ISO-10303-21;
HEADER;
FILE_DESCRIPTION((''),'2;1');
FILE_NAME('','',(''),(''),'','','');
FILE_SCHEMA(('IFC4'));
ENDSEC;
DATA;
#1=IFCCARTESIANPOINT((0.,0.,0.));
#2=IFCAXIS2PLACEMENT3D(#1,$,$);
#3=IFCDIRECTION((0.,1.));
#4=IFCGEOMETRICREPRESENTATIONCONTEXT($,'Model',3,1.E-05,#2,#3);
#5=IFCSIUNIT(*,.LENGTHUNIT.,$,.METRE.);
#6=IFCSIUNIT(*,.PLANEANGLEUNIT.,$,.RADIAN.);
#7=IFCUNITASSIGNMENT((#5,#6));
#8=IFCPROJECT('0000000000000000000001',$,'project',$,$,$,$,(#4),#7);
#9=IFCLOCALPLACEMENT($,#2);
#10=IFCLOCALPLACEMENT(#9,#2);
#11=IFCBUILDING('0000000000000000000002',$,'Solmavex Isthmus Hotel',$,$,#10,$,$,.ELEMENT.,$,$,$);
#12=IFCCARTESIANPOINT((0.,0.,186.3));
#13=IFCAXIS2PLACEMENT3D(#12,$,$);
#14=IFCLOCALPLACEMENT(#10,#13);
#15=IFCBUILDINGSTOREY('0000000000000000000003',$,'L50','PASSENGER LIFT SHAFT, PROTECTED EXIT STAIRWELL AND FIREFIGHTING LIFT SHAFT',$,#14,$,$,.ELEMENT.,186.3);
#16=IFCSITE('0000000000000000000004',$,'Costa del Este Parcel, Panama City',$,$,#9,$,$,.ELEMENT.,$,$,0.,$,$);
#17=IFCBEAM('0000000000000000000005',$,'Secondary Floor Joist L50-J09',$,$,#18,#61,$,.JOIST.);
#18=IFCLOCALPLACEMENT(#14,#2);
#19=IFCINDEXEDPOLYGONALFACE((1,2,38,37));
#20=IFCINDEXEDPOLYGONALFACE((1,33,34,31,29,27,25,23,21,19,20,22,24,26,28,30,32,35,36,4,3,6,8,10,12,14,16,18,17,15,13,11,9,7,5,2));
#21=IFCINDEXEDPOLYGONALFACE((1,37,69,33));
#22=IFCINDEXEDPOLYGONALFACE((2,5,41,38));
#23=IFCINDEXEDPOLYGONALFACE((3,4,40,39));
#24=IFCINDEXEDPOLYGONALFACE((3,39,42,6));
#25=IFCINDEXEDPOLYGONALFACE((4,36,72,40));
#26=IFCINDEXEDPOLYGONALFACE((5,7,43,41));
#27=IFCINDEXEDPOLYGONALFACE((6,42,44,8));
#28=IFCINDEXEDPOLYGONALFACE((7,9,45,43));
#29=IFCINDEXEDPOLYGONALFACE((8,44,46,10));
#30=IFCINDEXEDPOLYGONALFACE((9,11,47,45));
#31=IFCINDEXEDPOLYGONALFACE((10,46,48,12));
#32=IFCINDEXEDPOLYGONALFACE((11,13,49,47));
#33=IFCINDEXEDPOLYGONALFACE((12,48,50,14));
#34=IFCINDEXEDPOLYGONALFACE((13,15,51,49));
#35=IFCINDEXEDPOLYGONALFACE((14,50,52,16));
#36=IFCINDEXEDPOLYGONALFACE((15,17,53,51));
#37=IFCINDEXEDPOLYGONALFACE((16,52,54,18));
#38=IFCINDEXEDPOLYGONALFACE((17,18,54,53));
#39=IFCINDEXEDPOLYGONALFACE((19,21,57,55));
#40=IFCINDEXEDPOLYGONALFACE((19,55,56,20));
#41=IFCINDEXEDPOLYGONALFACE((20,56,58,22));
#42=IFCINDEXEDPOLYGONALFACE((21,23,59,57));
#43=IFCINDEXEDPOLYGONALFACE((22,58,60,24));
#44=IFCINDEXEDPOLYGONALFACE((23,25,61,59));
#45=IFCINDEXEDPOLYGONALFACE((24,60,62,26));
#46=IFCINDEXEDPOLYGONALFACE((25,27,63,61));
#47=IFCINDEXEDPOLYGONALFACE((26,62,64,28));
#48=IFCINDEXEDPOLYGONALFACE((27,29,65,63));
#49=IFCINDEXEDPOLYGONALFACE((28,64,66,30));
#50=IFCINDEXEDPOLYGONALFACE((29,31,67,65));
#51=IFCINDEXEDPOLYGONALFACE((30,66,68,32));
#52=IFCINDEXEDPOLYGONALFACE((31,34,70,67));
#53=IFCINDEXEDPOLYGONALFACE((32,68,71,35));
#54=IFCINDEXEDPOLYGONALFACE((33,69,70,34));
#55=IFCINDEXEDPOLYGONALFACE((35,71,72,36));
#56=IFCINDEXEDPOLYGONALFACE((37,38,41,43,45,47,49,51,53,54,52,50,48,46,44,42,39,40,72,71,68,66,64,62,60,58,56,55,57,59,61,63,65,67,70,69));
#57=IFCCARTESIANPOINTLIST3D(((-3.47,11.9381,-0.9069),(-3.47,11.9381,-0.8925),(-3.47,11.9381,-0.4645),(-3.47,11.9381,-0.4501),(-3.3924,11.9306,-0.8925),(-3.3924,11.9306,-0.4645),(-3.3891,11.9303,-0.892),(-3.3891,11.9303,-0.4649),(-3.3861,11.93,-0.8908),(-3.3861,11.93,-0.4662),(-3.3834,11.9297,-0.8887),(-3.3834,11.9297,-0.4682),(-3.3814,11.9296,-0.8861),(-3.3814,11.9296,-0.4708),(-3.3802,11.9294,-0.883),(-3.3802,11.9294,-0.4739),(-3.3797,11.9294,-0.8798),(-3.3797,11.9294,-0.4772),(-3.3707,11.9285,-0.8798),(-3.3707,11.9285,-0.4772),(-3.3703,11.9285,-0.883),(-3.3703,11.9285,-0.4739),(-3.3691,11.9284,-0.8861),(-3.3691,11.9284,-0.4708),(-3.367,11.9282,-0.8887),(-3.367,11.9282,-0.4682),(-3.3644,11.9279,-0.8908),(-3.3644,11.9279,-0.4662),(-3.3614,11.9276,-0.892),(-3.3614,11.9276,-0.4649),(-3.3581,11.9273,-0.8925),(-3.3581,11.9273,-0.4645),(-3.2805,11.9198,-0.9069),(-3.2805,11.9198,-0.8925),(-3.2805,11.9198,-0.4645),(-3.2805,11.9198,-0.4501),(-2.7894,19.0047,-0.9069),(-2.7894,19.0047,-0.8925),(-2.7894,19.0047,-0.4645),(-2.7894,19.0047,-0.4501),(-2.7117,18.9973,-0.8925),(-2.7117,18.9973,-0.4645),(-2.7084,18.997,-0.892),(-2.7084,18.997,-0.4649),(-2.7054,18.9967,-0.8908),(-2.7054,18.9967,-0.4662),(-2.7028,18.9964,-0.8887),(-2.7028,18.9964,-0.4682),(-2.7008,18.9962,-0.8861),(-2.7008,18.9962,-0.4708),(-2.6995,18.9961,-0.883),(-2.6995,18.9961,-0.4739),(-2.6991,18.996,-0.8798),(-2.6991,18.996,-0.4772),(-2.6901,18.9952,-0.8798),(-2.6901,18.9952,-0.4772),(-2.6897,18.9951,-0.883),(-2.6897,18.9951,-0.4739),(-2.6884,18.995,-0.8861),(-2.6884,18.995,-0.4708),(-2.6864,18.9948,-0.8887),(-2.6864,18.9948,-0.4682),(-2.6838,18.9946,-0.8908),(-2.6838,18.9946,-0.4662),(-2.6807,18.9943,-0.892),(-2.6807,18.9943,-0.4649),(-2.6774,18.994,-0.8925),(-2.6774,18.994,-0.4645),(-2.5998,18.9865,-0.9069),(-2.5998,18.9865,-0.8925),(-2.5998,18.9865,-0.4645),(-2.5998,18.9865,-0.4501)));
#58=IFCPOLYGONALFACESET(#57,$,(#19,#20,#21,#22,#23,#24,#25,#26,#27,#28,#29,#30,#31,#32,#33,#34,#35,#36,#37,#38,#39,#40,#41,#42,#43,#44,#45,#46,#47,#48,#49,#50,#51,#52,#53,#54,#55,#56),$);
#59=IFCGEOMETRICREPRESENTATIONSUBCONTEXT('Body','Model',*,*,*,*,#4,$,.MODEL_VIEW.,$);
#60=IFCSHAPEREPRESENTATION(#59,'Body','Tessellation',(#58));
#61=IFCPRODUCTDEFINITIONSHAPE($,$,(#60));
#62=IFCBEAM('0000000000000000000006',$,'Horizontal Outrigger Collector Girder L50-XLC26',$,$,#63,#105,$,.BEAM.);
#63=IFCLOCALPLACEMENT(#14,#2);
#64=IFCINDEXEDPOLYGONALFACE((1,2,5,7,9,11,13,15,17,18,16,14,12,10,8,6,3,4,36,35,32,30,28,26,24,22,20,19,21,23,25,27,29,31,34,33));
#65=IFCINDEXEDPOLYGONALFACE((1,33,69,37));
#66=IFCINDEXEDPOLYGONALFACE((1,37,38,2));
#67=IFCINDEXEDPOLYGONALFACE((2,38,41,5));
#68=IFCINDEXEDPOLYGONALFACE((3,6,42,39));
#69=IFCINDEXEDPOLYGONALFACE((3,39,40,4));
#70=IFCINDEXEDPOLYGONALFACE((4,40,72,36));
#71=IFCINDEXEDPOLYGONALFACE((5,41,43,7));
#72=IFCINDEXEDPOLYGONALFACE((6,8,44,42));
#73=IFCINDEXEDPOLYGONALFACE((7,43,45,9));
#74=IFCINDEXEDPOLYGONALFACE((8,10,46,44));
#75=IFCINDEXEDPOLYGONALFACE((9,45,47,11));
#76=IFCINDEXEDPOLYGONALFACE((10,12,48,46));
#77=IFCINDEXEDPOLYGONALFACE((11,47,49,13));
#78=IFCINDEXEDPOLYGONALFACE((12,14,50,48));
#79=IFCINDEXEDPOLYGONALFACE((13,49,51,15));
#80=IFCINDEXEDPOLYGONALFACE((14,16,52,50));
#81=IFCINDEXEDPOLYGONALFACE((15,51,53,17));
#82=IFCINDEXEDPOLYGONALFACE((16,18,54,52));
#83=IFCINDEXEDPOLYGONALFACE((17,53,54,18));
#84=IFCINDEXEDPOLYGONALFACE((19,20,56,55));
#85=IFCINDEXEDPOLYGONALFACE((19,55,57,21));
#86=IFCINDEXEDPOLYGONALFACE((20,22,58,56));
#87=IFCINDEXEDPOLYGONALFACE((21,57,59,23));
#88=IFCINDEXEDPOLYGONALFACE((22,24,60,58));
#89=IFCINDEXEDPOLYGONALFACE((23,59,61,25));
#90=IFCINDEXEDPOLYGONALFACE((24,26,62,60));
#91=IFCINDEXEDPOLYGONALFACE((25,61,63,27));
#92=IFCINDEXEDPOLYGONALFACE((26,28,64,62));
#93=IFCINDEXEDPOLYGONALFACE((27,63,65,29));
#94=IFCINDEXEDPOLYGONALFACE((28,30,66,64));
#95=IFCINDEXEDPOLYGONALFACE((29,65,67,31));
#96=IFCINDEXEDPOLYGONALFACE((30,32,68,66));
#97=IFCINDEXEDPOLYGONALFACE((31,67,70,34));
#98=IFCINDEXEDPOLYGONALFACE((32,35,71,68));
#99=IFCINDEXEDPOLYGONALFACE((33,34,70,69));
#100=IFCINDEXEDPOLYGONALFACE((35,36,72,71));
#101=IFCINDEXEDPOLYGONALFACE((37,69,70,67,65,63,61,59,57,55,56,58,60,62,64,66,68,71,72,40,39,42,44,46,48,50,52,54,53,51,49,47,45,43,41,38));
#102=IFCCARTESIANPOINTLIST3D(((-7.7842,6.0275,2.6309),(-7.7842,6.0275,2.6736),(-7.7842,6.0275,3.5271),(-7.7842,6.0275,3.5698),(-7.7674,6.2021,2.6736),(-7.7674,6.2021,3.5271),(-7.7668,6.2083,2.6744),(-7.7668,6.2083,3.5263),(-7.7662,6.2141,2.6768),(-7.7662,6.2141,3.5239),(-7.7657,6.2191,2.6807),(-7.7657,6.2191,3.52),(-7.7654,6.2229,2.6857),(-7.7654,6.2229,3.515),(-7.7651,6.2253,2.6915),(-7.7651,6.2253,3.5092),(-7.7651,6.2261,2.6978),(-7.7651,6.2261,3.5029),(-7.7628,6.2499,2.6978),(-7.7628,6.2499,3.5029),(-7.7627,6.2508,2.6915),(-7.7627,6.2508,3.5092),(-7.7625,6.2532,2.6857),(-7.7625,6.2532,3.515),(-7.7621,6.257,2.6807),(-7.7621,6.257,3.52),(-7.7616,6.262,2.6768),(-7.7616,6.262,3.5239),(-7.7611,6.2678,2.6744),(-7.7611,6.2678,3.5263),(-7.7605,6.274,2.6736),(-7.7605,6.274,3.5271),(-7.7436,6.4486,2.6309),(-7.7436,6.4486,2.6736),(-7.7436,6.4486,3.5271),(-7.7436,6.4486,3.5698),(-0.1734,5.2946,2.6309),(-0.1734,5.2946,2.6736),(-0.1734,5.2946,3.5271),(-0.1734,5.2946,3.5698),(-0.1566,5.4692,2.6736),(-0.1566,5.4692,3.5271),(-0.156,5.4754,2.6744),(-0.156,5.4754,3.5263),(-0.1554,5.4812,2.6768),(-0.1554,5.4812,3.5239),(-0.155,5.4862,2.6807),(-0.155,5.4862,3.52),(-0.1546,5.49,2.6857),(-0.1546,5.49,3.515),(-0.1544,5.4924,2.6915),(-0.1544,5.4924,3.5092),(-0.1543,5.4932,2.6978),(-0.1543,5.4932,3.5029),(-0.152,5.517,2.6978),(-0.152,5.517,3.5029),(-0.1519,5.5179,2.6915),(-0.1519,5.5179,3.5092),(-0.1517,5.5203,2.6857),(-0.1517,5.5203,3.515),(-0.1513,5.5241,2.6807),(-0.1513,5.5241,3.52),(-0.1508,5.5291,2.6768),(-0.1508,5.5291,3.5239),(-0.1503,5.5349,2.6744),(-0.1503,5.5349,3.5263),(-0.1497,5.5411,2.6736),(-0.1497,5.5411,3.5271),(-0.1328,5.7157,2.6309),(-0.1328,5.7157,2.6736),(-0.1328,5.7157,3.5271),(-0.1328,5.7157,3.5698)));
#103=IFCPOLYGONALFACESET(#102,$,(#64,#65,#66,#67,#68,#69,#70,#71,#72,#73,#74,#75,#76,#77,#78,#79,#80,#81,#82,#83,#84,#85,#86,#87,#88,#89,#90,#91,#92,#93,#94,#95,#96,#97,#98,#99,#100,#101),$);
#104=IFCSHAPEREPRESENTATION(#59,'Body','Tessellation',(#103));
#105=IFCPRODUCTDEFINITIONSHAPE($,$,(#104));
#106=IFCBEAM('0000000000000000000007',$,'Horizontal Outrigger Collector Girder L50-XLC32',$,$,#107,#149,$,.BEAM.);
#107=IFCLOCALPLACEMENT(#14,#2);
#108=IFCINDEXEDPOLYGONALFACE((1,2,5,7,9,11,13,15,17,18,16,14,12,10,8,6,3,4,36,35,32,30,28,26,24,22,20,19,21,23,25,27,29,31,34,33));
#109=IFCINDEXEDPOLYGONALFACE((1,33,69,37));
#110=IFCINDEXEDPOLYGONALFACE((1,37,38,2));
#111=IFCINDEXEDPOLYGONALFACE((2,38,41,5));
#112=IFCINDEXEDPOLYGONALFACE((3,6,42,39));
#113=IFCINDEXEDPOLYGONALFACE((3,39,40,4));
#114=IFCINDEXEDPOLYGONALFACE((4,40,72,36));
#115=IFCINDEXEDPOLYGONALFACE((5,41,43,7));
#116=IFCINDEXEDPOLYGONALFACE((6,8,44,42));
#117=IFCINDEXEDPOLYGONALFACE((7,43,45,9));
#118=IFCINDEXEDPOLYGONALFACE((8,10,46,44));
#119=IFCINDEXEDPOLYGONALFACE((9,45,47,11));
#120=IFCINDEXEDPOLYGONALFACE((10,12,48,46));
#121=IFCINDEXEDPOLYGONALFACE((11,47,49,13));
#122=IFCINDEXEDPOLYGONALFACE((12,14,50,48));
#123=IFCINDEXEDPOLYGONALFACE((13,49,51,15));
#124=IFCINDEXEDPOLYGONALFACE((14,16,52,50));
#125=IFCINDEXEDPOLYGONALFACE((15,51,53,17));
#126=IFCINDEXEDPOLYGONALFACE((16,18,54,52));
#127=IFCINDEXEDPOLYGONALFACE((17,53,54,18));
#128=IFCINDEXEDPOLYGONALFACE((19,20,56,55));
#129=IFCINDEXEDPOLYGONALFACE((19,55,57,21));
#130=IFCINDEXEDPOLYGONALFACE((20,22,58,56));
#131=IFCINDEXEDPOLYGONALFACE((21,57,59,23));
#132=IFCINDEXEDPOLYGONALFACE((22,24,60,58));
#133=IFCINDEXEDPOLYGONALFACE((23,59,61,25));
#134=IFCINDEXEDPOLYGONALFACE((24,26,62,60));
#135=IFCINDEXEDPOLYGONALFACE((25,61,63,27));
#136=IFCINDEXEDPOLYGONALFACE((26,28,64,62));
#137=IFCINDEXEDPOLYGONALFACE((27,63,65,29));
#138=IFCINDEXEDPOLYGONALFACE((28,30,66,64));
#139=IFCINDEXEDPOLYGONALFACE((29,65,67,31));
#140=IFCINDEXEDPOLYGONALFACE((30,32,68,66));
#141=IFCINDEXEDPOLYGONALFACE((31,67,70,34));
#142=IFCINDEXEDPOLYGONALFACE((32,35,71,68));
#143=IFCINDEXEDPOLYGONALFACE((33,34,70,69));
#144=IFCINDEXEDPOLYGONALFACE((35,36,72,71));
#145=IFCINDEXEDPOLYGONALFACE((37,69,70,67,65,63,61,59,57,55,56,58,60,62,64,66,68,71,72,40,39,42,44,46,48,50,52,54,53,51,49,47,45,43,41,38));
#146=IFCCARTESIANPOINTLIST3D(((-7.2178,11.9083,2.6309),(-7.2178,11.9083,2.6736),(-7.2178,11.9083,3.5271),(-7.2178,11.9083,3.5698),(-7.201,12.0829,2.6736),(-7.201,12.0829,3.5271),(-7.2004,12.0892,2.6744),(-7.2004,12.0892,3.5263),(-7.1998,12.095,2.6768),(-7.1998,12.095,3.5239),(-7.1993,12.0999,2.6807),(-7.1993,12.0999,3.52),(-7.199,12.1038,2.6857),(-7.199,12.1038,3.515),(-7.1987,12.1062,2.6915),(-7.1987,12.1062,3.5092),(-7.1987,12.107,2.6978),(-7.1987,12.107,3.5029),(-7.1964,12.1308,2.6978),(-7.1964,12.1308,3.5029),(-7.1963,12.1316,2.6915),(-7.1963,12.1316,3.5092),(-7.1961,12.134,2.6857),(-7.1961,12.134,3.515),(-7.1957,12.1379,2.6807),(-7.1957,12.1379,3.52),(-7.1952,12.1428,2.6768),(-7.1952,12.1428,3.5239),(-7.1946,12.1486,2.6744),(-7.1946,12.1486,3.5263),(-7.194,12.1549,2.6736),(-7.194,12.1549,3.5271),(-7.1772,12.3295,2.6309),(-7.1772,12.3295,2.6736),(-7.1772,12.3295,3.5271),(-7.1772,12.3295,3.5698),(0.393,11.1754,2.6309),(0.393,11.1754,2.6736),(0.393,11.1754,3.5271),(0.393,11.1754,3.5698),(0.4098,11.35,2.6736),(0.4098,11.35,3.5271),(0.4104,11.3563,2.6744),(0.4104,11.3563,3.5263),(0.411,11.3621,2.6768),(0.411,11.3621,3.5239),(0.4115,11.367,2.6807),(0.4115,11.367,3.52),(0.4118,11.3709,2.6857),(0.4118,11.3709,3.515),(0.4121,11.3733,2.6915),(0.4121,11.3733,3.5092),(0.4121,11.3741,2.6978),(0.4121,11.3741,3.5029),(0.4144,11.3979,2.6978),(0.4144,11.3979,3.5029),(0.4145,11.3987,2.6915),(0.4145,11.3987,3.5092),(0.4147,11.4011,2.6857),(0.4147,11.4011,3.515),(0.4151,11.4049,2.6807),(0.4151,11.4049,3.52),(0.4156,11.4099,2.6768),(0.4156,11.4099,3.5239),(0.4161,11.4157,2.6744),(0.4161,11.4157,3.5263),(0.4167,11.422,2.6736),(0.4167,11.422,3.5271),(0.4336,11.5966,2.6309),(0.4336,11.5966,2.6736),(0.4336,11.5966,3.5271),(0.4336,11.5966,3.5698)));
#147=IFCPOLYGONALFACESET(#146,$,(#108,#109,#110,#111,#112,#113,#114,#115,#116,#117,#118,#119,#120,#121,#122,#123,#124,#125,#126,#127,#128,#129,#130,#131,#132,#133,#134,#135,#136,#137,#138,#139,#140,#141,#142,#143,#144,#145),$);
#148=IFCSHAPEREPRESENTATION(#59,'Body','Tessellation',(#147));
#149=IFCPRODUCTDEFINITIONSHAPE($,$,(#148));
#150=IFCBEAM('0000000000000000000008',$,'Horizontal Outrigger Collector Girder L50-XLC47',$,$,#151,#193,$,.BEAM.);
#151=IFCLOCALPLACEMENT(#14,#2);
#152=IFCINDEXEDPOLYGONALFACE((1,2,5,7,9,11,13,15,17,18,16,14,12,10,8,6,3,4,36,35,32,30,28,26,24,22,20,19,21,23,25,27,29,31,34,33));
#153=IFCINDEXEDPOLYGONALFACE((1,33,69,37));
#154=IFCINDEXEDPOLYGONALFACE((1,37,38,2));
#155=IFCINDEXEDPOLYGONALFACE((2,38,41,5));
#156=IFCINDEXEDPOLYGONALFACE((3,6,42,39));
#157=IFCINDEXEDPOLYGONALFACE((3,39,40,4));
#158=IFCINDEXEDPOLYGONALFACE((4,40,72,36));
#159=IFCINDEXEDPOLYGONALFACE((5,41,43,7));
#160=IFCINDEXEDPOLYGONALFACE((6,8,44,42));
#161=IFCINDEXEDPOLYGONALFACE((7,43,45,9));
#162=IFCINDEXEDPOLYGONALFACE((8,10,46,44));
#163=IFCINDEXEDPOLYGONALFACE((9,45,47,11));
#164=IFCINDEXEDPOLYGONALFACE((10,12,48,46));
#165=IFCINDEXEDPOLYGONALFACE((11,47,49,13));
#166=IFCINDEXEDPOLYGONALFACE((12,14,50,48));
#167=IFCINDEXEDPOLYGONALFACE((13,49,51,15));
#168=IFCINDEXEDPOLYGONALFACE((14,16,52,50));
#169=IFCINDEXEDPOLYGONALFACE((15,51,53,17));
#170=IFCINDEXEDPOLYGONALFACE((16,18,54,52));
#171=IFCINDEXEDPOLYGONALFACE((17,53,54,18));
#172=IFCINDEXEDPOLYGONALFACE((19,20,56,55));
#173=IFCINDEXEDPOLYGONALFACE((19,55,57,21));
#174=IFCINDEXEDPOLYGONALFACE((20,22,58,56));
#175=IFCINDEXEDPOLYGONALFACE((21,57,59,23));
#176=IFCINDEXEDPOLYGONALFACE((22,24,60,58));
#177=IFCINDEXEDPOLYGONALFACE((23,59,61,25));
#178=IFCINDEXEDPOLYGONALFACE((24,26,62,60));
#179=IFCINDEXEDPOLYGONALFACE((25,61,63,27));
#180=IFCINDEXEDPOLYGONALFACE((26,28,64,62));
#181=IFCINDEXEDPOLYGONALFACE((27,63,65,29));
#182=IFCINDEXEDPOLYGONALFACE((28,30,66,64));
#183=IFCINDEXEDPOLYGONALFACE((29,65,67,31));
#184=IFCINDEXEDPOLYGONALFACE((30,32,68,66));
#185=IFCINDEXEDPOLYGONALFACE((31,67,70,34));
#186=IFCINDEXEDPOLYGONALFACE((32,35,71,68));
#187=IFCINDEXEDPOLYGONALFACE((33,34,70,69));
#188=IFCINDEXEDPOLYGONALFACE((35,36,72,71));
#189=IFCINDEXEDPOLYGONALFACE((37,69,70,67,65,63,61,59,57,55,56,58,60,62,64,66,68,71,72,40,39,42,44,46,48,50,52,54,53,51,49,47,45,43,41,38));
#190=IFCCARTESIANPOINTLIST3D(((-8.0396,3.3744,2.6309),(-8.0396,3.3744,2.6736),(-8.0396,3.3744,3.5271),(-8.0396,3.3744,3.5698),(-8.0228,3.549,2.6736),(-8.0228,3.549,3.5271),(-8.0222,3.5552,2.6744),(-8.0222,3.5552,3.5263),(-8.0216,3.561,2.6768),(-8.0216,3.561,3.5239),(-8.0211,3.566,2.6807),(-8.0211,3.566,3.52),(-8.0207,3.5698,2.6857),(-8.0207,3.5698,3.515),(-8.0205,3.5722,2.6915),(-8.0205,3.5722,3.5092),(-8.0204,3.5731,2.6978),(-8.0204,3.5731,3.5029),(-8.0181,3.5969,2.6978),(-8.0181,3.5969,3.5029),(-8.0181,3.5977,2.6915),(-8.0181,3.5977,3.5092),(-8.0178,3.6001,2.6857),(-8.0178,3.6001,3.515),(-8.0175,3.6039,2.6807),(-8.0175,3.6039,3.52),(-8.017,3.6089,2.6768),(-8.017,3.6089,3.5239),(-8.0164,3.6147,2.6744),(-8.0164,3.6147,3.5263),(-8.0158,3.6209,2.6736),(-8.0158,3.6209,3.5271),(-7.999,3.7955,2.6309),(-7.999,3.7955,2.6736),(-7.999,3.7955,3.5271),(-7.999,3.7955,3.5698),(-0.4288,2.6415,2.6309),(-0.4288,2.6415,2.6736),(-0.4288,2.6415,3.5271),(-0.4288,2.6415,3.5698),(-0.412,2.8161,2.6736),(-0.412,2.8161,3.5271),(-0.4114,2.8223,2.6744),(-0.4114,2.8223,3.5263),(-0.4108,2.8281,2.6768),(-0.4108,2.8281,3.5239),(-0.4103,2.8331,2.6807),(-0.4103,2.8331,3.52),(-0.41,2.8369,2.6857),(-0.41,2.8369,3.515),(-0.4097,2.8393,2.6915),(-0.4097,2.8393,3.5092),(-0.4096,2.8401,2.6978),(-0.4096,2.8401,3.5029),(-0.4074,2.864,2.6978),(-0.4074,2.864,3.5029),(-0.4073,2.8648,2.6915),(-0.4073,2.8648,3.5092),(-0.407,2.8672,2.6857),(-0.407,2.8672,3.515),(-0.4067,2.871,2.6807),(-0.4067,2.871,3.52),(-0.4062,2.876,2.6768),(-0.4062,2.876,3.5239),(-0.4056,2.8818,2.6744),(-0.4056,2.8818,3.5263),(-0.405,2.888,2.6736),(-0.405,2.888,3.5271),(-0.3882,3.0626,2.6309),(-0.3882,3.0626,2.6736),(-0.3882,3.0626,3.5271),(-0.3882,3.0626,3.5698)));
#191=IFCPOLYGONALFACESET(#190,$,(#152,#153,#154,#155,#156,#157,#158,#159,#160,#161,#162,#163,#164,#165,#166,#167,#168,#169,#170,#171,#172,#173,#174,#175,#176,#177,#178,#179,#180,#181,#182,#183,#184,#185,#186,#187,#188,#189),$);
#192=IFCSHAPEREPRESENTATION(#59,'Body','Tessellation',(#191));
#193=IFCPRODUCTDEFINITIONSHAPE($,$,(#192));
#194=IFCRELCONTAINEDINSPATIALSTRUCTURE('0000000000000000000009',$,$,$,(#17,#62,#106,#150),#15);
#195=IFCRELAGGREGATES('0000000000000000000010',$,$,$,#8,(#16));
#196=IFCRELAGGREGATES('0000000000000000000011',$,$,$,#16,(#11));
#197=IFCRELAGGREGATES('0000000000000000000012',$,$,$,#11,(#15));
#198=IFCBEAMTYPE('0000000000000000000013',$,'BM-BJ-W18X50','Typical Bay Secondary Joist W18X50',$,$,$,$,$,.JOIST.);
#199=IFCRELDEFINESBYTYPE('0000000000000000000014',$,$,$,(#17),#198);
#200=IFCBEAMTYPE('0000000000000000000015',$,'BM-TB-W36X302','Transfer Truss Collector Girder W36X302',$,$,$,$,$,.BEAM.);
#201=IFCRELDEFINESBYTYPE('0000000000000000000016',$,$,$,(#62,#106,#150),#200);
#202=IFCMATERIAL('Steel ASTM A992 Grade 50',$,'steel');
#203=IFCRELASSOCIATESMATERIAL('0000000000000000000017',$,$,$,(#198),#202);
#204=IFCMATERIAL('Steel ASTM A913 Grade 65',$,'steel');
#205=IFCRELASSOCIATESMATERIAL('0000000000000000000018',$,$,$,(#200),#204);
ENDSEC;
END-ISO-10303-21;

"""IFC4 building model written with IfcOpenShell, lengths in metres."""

from ifc_helpers import new_model, si_unit, direction, frame, origin, origin_2d, place, context, subcontext, project, spatial, i_section, extrude, material, material_profile, profile_set, type_object, element, save


model = new_model("IFC4")

# Units and contexts
model_context = context("Model", 3, precision=1e-05, world=origin(), true_north=direction((0.0, 1.0)))
body_context = subcontext(model_context, "Body", "Model", "MODEL_VIEW")
ifc_project = project(units=[si_unit("LENGTHUNIT", "METRE"), si_unit("PLANEANGLEUNIT", "RADIAN")], contexts=[model_context])

# Site, building, storey
site_placement = place(None, origin())
site = spatial("IfcSite", under=ifc_project, at=site_placement, Name="Costa del Este Parcel, Panama City", CompositionType="ELEMENT", RefElevation=0.0)
building_placement = place(site_placement, origin())
building = spatial("IfcBuilding", under=site, at=building_placement, Name="Solmavex Isthmus Hotel", CompositionType="ELEMENT")
storey_placement = place(building_placement, frame((0.0, 0.0, 186.3)))
storey = spatial("IfcBuildingStorey", under=building, at=storey_placement, Name="L50", Description="PASSENGER LIFT SHAFT, PROTECTED EXIT STAIRWELL AND FIREFIGHTING LIFT SHAFT", CompositionType="ELEMENT", Elevation=186.3)

# Shared definitions
ifc_material_1 = material(Name="Steel ASTM A913 Grade 65", Category="steel")

# Beams
ifc_material_2 = material(Name="Steel ASTM A992 Grade 50", Category="steel")
ifc_material_profile_1 = material_profile(ifc_material_2, i_section(OverallWidth=0.1904, OverallDepth=0.4568, WebThickness=0.009, FlangeThickness=0.0144, FilletRadius=0.0127, at=origin_2d()), Name="W18X50")
ifc_profile_set_1 = profile_set([ifc_material_profile_1], Name="Steel ASTM A992 Grade 50")
beam_type_1 = type_object("IfcBeamType", Name="BM-BJ-W18X50", Description="Typical Bay Secondary Joist W18X50", PredefinedType="JOIST", material=ifc_profile_set_1)
beam_1_placement = place(storey_placement, frame((-3.3752, 11.929, -0.6785), z_axis=(0.095877, 0.995393, 0.0), x_axis=(-0.995393, 0.095877, 0.0)))
element("IfcBeam", 1, at=beam_1_placement, inside=storey, type_object=beam_type_1, Name="Secondary Floor Joist L50-J09", PredefinedType="JOIST", context=body_context, shape_type="SweptSolid", body=[
    extrude(i_section(OverallWidth=0.1904, OverallDepth=0.4568, WebThickness=0.009, FlangeThickness=0.0144, FilletRadius=0.0127, at=origin_2d()), origin(), (0.0, 0.0, 1.0), 7.0994),
])
ifc_material_profile_2 = material_profile(ifc_material_1, i_section(OverallWidth=0.4231, OverallDepth=0.939, WebThickness=0.0239, FlangeThickness=0.0427, FilletRadius=0.0242, at=origin_2d()), Name="W36X302")
ifc_profile_set_2 = profile_set([ifc_material_profile_2], Name="Steel ASTM A913 Grade 65")
beam_type_2 = type_object("IfcBeamType", Name="BM-TB-W36X302", Description="Transfer Truss Collector Girder W36X302", PredefinedType="BEAM", material=ifc_profile_set_2)
for number, where, z_axis, x_axis, name in (
    (2, (-7.7639, 6.238, 3.1003), (0.995395, -0.095855, 0.0), (0.095855, 0.995395, 0.0), "Horizontal Outrigger Collector Girder L50-XLC26"),
    (3, (-7.1975, 12.1189, 3.1003), (0.995395, -0.095855, 0.0), (0.095855, 0.995395, 0.0), "Horizontal Outrigger Collector Girder L50-XLC32"),
    (4, (-8.0193, 3.585, 3.1003), (0.995395, -0.095855, 0.0), (0.095855, 0.995395, 0.0), "Horizontal Outrigger Collector Girder L50-XLC47"),
):
    element("IfcBeam", number, at=place(storey_placement, frame(where, z_axis=z_axis, x_axis=x_axis)), inside=storey, type_object=beam_type_2, Name=name, PredefinedType="BEAM", context=body_context, shape_type="SweptSolid", body=[
        extrude(i_section(OverallWidth=0.4231, OverallDepth=0.939, WebThickness=0.0239, FlangeThickness=0.0427, FilletRadius=0.0242, at=origin_2d()), origin(), (0.0, 0.0, 1.0), 7.646),
    ])

save(model, "model.ifc")
